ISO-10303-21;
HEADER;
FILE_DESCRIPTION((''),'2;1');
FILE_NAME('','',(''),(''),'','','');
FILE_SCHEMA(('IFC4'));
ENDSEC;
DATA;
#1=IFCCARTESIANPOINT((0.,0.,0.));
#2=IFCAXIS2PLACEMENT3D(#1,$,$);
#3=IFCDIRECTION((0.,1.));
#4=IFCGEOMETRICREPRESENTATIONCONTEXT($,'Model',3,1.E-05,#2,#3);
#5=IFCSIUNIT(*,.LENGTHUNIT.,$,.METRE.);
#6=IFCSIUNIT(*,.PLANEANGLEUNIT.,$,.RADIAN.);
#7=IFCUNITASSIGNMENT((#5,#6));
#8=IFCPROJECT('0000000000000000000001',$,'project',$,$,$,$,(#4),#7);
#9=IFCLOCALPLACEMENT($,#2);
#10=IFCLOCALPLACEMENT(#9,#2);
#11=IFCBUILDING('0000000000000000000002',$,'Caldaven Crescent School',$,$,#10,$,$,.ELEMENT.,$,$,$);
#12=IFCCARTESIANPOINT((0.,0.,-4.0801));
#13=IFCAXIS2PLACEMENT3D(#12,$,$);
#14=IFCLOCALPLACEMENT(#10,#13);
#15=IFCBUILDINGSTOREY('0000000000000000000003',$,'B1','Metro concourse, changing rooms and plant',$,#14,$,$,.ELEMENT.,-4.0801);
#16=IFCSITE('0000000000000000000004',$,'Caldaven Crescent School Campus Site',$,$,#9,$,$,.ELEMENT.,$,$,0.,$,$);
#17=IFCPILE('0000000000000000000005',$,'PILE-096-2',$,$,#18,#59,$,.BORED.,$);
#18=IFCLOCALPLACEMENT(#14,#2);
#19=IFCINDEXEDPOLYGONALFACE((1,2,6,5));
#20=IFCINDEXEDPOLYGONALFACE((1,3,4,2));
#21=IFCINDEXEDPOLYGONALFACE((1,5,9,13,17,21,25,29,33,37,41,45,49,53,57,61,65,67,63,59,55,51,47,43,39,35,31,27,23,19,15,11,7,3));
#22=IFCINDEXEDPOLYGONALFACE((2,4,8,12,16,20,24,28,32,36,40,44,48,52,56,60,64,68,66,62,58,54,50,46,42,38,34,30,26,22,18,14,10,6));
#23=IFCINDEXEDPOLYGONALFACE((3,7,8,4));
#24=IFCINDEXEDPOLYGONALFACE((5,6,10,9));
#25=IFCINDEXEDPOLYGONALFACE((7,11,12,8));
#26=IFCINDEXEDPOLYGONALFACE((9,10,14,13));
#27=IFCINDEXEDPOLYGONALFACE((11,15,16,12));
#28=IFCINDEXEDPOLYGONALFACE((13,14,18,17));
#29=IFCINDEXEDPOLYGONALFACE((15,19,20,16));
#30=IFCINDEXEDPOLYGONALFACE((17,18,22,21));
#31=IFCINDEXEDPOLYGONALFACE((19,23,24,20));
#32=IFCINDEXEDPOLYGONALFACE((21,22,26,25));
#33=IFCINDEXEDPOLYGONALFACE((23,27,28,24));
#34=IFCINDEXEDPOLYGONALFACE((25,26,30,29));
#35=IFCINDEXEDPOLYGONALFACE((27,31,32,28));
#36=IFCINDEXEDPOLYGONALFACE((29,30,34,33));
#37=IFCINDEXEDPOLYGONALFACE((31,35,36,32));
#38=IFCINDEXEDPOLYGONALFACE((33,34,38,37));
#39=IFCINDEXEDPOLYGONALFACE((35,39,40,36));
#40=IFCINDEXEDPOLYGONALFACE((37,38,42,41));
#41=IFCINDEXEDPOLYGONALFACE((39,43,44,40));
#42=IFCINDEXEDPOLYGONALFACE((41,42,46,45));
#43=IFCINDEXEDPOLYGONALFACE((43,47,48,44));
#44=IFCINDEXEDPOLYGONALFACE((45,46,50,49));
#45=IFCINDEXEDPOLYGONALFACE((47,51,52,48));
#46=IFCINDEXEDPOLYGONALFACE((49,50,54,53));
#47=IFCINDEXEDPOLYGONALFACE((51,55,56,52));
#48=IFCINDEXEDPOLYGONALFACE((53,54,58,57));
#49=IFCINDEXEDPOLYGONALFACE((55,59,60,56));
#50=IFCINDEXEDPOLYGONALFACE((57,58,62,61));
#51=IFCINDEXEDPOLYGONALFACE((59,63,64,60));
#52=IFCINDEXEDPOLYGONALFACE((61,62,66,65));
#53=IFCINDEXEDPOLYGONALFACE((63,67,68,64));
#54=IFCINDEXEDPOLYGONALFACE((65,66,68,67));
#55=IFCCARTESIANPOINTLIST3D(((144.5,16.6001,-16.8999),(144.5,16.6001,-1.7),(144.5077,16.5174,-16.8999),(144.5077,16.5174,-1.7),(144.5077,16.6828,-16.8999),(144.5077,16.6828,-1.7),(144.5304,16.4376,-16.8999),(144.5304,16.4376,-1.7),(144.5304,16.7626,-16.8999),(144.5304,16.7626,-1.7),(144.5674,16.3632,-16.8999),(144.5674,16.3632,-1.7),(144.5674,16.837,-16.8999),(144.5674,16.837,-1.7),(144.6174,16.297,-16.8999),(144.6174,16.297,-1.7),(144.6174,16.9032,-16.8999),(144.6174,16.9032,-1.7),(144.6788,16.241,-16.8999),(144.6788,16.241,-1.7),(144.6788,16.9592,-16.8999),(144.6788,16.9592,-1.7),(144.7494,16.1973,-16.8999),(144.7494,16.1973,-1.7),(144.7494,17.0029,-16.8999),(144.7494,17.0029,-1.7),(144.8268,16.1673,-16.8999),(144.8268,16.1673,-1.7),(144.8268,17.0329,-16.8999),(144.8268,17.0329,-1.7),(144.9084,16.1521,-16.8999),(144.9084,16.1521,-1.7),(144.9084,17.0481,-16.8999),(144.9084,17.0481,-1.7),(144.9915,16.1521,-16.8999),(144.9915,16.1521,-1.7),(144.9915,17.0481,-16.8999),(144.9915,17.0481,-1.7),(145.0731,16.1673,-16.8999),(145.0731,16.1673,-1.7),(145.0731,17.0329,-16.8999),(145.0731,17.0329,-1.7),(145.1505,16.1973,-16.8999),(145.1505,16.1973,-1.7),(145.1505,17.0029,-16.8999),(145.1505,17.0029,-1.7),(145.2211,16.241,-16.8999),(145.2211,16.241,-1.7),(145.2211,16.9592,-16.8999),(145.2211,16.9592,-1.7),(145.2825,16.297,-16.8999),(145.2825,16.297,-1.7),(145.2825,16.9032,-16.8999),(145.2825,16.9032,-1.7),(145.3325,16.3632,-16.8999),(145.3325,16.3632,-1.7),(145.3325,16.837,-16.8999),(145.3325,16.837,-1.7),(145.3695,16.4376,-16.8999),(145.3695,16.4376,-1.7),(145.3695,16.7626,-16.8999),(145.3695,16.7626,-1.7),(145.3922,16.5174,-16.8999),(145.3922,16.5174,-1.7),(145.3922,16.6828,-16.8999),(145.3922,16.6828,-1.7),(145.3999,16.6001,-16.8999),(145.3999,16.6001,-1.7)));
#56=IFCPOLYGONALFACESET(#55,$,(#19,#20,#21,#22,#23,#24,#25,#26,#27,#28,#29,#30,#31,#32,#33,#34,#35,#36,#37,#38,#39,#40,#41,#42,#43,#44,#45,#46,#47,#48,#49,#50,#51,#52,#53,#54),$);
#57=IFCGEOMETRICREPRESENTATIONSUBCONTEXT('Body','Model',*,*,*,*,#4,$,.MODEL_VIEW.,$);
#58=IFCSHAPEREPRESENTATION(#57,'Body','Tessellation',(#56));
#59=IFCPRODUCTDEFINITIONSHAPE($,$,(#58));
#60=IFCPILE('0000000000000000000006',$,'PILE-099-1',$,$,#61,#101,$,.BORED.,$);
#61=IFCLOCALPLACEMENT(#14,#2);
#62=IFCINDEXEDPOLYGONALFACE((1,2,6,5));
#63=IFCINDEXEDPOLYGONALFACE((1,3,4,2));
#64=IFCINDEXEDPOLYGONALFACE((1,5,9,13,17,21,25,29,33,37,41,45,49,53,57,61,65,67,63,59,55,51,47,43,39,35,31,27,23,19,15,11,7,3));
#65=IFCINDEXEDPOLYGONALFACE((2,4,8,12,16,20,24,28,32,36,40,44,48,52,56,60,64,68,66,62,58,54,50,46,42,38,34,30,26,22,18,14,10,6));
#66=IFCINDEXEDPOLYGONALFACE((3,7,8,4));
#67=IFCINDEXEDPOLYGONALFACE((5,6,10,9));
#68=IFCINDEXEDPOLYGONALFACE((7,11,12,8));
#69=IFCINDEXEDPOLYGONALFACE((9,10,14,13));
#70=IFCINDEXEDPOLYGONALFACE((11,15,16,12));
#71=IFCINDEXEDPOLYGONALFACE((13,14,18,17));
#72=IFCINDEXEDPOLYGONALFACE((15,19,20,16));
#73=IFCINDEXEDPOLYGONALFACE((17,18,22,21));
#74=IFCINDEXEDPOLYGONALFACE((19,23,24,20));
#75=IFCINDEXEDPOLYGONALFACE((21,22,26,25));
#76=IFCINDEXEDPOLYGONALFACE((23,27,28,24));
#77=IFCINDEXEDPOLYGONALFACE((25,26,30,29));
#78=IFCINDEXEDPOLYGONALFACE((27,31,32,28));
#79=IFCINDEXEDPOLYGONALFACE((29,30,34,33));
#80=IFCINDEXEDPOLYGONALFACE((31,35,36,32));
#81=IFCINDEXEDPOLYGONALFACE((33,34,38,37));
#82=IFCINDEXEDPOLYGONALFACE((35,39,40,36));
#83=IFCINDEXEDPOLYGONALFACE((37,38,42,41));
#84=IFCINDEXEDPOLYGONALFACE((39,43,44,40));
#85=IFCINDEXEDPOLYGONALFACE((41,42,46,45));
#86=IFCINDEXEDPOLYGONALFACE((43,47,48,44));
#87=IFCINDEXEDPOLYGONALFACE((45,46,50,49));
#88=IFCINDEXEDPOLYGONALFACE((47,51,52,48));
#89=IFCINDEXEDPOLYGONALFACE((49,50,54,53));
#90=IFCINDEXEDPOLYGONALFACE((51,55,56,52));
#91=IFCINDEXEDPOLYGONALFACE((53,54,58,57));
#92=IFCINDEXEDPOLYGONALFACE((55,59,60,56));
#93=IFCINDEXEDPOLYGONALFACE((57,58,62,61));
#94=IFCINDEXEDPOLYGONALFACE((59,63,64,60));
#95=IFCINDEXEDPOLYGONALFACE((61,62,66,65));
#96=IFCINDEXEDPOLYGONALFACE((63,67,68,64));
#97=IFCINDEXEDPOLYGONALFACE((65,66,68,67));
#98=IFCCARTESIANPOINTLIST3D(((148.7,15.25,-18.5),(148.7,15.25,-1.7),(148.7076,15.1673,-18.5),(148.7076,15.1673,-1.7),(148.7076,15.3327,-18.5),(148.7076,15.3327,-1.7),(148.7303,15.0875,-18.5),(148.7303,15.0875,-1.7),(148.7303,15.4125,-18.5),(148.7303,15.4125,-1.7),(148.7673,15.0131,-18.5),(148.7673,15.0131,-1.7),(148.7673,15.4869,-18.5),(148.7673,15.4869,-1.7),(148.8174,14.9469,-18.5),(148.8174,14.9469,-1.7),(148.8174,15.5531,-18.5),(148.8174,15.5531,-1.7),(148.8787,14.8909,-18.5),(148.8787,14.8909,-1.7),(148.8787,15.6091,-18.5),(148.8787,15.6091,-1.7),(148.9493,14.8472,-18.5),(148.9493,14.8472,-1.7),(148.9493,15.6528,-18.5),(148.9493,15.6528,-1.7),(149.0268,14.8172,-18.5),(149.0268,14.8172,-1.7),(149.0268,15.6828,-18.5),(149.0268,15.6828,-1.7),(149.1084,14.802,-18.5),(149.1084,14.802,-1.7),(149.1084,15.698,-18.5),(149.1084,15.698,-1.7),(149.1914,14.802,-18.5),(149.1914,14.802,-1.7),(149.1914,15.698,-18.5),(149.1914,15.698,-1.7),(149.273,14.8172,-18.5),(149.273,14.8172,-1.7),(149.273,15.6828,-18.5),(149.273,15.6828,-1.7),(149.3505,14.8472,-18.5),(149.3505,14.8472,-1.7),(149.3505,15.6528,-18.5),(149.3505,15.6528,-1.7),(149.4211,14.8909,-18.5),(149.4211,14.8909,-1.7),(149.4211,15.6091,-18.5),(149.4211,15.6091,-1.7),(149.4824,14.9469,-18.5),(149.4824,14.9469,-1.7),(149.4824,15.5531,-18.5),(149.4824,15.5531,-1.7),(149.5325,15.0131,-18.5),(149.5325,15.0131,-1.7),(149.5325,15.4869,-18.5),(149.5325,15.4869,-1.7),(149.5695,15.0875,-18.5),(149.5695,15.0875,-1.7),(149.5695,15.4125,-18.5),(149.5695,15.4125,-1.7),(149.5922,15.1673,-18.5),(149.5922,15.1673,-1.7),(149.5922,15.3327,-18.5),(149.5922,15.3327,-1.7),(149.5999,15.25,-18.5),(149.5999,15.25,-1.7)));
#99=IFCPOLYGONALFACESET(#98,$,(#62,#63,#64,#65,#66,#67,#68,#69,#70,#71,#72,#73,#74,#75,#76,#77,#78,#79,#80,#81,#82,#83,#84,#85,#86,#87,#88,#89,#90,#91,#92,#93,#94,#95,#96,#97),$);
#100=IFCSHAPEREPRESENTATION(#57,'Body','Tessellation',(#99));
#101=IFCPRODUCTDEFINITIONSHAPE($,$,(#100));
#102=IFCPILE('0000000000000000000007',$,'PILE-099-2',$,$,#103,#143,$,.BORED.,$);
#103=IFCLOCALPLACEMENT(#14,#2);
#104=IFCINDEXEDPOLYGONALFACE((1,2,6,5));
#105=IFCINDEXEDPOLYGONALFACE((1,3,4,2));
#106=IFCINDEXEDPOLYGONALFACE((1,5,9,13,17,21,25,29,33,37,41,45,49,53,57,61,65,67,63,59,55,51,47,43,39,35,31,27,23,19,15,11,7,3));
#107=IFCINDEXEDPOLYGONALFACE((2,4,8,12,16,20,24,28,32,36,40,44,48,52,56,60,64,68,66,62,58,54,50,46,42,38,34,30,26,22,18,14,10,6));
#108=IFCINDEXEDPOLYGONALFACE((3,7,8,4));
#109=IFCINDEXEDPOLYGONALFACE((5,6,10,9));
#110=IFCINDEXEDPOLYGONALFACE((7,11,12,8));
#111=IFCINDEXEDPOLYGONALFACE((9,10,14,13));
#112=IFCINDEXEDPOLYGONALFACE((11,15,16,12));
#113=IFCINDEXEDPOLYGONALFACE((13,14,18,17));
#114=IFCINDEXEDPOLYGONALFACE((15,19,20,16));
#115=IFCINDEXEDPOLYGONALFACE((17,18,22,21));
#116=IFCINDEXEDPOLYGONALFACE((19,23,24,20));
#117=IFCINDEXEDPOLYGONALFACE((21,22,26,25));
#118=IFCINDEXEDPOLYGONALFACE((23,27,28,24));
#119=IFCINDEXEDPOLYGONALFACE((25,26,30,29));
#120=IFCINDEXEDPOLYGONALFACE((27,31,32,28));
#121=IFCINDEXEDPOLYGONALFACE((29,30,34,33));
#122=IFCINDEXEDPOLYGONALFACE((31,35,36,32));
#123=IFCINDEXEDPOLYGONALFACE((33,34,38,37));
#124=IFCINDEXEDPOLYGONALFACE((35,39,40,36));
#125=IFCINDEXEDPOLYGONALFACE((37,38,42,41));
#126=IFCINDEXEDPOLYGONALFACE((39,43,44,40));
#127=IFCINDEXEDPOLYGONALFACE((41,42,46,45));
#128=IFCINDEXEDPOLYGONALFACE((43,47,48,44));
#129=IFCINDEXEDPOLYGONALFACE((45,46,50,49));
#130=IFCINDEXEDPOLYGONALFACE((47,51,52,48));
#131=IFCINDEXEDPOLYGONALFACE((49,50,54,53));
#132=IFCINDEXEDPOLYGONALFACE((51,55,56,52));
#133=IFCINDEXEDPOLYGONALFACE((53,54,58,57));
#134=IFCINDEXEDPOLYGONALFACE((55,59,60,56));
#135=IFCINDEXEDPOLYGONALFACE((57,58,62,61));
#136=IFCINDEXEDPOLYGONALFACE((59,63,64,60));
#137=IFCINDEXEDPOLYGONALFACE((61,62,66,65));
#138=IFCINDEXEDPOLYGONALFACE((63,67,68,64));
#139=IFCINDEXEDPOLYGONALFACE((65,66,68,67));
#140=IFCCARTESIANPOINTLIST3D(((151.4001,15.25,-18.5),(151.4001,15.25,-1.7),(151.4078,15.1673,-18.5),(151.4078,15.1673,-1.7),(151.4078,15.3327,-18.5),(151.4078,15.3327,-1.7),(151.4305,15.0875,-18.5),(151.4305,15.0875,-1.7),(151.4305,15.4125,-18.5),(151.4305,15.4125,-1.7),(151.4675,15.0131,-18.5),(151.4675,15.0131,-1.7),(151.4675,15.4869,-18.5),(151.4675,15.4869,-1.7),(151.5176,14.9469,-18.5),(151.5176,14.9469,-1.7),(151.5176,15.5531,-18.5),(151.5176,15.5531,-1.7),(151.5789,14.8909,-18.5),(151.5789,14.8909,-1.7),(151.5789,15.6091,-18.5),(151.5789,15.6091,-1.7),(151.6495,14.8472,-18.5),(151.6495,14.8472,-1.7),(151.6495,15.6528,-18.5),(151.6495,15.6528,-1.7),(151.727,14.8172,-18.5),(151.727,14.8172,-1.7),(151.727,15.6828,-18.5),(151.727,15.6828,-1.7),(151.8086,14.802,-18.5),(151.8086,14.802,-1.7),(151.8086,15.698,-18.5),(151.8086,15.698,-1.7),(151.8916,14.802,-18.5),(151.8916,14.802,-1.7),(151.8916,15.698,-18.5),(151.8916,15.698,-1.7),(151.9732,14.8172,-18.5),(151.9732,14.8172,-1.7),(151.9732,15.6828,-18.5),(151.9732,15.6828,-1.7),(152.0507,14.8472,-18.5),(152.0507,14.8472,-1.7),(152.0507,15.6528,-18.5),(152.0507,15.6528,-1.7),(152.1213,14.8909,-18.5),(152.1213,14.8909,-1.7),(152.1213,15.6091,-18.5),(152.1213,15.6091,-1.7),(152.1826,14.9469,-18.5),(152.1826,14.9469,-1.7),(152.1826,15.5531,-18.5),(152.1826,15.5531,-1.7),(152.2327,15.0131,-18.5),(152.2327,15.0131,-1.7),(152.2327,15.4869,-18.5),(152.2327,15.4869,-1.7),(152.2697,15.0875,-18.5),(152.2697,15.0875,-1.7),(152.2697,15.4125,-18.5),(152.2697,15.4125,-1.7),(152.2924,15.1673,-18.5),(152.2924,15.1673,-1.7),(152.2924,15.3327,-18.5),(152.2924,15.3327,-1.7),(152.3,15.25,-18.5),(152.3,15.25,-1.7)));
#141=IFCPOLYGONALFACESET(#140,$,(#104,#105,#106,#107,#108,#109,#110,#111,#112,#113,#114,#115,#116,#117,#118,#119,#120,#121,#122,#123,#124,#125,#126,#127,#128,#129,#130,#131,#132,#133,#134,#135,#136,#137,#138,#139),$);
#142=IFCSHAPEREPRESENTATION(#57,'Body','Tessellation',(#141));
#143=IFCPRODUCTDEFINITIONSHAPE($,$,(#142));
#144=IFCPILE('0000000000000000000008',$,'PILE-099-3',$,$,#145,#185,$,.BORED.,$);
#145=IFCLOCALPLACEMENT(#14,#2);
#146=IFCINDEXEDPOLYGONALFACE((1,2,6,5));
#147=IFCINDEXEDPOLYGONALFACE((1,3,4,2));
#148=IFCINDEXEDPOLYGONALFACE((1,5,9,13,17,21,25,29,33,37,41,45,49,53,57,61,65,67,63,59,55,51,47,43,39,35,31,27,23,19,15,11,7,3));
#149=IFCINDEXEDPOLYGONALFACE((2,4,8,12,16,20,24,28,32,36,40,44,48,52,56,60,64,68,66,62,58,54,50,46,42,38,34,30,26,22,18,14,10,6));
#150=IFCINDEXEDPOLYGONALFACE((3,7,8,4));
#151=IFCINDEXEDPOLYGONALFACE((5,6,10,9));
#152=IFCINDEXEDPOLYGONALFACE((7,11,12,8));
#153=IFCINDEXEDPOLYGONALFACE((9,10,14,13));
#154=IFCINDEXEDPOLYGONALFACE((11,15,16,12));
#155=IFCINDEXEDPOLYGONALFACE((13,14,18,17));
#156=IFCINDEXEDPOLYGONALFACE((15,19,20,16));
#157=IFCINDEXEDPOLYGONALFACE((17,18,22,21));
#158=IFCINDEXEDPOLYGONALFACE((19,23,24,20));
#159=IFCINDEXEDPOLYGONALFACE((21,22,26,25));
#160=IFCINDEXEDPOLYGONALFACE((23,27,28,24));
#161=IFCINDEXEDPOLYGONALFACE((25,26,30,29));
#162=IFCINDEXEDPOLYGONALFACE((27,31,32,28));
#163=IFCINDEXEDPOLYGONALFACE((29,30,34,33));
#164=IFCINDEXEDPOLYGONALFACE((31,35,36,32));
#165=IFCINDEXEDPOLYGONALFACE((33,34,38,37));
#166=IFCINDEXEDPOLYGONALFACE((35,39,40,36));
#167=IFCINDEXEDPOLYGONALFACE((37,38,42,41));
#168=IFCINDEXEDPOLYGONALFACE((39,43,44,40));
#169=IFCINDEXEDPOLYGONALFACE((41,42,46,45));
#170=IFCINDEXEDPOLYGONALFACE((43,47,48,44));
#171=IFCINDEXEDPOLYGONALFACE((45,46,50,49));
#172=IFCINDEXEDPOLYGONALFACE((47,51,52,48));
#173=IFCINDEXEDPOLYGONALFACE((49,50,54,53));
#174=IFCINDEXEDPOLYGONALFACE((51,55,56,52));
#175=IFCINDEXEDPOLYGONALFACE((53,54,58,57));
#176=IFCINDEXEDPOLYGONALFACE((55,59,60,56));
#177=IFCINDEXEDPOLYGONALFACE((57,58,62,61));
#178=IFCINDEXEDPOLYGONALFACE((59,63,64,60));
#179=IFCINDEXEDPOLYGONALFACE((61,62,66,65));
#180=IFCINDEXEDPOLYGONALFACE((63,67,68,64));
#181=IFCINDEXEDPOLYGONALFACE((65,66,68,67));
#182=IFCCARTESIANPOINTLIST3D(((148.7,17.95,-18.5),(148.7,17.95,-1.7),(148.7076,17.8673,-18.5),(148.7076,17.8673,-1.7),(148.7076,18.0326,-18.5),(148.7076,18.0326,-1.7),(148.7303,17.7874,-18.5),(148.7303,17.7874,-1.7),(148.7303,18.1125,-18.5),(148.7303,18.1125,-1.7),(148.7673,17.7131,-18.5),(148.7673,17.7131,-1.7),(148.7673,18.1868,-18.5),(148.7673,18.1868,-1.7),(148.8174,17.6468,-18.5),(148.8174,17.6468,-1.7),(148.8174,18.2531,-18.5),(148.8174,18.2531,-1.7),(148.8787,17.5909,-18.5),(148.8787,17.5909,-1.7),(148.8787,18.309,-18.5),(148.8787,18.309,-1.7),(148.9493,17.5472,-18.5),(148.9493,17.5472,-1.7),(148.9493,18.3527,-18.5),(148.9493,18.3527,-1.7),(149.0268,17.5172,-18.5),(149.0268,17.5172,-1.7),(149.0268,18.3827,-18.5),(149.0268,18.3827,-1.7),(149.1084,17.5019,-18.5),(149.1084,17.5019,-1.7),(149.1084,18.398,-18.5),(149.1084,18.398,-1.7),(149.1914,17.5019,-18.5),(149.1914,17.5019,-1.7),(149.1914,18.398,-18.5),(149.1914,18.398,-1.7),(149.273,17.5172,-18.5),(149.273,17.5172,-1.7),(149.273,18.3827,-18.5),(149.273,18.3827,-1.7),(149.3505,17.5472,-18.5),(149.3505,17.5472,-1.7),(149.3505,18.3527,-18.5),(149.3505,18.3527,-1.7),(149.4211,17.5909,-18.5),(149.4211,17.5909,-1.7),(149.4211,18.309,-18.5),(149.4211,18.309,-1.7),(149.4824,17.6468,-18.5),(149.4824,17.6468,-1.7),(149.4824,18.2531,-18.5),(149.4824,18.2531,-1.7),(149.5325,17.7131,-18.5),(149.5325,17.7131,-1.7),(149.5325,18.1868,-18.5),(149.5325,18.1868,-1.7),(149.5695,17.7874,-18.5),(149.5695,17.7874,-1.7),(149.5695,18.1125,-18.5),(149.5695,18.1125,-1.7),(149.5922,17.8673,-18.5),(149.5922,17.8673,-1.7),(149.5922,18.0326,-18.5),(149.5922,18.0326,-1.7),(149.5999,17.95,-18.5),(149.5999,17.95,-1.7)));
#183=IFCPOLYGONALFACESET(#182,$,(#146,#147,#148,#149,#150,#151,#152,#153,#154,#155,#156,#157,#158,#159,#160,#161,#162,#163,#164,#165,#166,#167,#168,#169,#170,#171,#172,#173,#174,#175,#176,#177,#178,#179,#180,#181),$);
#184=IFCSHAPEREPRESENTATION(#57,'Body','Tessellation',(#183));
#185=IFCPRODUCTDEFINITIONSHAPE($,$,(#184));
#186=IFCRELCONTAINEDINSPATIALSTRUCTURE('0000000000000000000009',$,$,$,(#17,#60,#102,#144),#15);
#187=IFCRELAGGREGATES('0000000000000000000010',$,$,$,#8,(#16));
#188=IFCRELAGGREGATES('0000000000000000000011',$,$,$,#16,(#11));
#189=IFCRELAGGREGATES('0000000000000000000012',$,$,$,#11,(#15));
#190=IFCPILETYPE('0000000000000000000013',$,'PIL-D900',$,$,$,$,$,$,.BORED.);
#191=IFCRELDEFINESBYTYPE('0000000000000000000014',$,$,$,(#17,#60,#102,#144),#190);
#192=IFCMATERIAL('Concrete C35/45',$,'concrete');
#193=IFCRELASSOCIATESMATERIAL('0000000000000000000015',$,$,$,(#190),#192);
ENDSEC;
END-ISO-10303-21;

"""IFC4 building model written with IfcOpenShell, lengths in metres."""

from ifc_helpers import new_model, si_unit, direction, frame, origin, origin_2d, place, context, subcontext, project, spatial, circle, extrude, material, material_profile, profile_set, type_object, element, save


model = new_model("IFC4")

# Units and contexts
model_context = context("Model", 3, precision=1e-05, world=origin(), true_north=direction((0.0, 1.0)))
body_context = subcontext(model_context, "Body", "Model", "MODEL_VIEW")
ifc_project = project(units=[si_unit("LENGTHUNIT", "METRE"), si_unit("PLANEANGLEUNIT", "RADIAN")], contexts=[model_context])

# Site, building, storey
site_placement = place(None, origin())
site = spatial("IfcSite", under=ifc_project, at=site_placement, Name="Caldaven Crescent School Campus Site", CompositionType="ELEMENT", RefElevation=0.0)
building_placement = place(site_placement, origin())
building = spatial("IfcBuilding", under=site, at=building_placement, Name="Caldaven Crescent School", CompositionType="ELEMENT")
storey_placement = place(building_placement, frame((0.0, 0.0, -4.0801)))
storey = spatial("IfcBuildingStorey", under=building, at=storey_placement, Name="B1", Description="Metro concourse, changing rooms and plant", CompositionType="ELEMENT", Elevation=-4.0801)

# Shared definitions
ifc_material_1 = material(Name="Concrete C35/45", Category="concrete")

# Piles
ifc_material_profile_1 = material_profile(ifc_material_1, circle(Radius=0.45, at=origin_2d()), Name="PILE D900")
ifc_profile_set_1 = profile_set([ifc_material_profile_1], Name="Concrete C35/45")
pile_type = type_object("IfcPileType", Name="PIL-D900", PredefinedType="BORED", material=ifc_profile_set_1)
for number, where, z_axis, x_axis, name in (
    (1, (144.95, 16.6001, -1.7), (0.0, 0.0, -1.0), (1.0, 0.0, 0.0), "PILE-096-2"),
):
    element("IfcPile", number, at=place(storey_placement, frame(where, z_axis=z_axis, x_axis=x_axis)), inside=storey, type_object=pile_type, Name=name, PredefinedType="BORED", context=body_context, shape_type="SweptSolid", body=[
        extrude(circle(Radius=0.45, at=origin_2d()), origin(), (0.0, 0.0, 1.0), 15.2),
    ])
for number, where, z_axis, x_axis, name in (
    (2, (149.1499, 15.25, -1.7), (0.0, 0.0, -1.0), (1.0, 0.0, 0.0), "PILE-099-1"),
    (3, (151.8501, 15.25, -1.7), (0.0, 0.0, -1.0), (1.0, 0.0, 0.0), "PILE-099-2"),
    (4, (149.1499, 17.95, -1.7), (0.0, 0.0, -1.0), (1.0, 0.0, 0.0), "PILE-099-3"),
):
    element("IfcPile", number, at=place(storey_placement, frame(where, z_axis=z_axis, x_axis=x_axis)), inside=storey, type_object=pile_type, Name=name, PredefinedType="BORED", context=body_context, shape_type="SweptSolid", body=[
        extrude(circle(Radius=0.45, at=origin_2d()), origin(), (0.0, 0.0, 1.0), 16.8),
    ])

save(model, "model.ifc")
